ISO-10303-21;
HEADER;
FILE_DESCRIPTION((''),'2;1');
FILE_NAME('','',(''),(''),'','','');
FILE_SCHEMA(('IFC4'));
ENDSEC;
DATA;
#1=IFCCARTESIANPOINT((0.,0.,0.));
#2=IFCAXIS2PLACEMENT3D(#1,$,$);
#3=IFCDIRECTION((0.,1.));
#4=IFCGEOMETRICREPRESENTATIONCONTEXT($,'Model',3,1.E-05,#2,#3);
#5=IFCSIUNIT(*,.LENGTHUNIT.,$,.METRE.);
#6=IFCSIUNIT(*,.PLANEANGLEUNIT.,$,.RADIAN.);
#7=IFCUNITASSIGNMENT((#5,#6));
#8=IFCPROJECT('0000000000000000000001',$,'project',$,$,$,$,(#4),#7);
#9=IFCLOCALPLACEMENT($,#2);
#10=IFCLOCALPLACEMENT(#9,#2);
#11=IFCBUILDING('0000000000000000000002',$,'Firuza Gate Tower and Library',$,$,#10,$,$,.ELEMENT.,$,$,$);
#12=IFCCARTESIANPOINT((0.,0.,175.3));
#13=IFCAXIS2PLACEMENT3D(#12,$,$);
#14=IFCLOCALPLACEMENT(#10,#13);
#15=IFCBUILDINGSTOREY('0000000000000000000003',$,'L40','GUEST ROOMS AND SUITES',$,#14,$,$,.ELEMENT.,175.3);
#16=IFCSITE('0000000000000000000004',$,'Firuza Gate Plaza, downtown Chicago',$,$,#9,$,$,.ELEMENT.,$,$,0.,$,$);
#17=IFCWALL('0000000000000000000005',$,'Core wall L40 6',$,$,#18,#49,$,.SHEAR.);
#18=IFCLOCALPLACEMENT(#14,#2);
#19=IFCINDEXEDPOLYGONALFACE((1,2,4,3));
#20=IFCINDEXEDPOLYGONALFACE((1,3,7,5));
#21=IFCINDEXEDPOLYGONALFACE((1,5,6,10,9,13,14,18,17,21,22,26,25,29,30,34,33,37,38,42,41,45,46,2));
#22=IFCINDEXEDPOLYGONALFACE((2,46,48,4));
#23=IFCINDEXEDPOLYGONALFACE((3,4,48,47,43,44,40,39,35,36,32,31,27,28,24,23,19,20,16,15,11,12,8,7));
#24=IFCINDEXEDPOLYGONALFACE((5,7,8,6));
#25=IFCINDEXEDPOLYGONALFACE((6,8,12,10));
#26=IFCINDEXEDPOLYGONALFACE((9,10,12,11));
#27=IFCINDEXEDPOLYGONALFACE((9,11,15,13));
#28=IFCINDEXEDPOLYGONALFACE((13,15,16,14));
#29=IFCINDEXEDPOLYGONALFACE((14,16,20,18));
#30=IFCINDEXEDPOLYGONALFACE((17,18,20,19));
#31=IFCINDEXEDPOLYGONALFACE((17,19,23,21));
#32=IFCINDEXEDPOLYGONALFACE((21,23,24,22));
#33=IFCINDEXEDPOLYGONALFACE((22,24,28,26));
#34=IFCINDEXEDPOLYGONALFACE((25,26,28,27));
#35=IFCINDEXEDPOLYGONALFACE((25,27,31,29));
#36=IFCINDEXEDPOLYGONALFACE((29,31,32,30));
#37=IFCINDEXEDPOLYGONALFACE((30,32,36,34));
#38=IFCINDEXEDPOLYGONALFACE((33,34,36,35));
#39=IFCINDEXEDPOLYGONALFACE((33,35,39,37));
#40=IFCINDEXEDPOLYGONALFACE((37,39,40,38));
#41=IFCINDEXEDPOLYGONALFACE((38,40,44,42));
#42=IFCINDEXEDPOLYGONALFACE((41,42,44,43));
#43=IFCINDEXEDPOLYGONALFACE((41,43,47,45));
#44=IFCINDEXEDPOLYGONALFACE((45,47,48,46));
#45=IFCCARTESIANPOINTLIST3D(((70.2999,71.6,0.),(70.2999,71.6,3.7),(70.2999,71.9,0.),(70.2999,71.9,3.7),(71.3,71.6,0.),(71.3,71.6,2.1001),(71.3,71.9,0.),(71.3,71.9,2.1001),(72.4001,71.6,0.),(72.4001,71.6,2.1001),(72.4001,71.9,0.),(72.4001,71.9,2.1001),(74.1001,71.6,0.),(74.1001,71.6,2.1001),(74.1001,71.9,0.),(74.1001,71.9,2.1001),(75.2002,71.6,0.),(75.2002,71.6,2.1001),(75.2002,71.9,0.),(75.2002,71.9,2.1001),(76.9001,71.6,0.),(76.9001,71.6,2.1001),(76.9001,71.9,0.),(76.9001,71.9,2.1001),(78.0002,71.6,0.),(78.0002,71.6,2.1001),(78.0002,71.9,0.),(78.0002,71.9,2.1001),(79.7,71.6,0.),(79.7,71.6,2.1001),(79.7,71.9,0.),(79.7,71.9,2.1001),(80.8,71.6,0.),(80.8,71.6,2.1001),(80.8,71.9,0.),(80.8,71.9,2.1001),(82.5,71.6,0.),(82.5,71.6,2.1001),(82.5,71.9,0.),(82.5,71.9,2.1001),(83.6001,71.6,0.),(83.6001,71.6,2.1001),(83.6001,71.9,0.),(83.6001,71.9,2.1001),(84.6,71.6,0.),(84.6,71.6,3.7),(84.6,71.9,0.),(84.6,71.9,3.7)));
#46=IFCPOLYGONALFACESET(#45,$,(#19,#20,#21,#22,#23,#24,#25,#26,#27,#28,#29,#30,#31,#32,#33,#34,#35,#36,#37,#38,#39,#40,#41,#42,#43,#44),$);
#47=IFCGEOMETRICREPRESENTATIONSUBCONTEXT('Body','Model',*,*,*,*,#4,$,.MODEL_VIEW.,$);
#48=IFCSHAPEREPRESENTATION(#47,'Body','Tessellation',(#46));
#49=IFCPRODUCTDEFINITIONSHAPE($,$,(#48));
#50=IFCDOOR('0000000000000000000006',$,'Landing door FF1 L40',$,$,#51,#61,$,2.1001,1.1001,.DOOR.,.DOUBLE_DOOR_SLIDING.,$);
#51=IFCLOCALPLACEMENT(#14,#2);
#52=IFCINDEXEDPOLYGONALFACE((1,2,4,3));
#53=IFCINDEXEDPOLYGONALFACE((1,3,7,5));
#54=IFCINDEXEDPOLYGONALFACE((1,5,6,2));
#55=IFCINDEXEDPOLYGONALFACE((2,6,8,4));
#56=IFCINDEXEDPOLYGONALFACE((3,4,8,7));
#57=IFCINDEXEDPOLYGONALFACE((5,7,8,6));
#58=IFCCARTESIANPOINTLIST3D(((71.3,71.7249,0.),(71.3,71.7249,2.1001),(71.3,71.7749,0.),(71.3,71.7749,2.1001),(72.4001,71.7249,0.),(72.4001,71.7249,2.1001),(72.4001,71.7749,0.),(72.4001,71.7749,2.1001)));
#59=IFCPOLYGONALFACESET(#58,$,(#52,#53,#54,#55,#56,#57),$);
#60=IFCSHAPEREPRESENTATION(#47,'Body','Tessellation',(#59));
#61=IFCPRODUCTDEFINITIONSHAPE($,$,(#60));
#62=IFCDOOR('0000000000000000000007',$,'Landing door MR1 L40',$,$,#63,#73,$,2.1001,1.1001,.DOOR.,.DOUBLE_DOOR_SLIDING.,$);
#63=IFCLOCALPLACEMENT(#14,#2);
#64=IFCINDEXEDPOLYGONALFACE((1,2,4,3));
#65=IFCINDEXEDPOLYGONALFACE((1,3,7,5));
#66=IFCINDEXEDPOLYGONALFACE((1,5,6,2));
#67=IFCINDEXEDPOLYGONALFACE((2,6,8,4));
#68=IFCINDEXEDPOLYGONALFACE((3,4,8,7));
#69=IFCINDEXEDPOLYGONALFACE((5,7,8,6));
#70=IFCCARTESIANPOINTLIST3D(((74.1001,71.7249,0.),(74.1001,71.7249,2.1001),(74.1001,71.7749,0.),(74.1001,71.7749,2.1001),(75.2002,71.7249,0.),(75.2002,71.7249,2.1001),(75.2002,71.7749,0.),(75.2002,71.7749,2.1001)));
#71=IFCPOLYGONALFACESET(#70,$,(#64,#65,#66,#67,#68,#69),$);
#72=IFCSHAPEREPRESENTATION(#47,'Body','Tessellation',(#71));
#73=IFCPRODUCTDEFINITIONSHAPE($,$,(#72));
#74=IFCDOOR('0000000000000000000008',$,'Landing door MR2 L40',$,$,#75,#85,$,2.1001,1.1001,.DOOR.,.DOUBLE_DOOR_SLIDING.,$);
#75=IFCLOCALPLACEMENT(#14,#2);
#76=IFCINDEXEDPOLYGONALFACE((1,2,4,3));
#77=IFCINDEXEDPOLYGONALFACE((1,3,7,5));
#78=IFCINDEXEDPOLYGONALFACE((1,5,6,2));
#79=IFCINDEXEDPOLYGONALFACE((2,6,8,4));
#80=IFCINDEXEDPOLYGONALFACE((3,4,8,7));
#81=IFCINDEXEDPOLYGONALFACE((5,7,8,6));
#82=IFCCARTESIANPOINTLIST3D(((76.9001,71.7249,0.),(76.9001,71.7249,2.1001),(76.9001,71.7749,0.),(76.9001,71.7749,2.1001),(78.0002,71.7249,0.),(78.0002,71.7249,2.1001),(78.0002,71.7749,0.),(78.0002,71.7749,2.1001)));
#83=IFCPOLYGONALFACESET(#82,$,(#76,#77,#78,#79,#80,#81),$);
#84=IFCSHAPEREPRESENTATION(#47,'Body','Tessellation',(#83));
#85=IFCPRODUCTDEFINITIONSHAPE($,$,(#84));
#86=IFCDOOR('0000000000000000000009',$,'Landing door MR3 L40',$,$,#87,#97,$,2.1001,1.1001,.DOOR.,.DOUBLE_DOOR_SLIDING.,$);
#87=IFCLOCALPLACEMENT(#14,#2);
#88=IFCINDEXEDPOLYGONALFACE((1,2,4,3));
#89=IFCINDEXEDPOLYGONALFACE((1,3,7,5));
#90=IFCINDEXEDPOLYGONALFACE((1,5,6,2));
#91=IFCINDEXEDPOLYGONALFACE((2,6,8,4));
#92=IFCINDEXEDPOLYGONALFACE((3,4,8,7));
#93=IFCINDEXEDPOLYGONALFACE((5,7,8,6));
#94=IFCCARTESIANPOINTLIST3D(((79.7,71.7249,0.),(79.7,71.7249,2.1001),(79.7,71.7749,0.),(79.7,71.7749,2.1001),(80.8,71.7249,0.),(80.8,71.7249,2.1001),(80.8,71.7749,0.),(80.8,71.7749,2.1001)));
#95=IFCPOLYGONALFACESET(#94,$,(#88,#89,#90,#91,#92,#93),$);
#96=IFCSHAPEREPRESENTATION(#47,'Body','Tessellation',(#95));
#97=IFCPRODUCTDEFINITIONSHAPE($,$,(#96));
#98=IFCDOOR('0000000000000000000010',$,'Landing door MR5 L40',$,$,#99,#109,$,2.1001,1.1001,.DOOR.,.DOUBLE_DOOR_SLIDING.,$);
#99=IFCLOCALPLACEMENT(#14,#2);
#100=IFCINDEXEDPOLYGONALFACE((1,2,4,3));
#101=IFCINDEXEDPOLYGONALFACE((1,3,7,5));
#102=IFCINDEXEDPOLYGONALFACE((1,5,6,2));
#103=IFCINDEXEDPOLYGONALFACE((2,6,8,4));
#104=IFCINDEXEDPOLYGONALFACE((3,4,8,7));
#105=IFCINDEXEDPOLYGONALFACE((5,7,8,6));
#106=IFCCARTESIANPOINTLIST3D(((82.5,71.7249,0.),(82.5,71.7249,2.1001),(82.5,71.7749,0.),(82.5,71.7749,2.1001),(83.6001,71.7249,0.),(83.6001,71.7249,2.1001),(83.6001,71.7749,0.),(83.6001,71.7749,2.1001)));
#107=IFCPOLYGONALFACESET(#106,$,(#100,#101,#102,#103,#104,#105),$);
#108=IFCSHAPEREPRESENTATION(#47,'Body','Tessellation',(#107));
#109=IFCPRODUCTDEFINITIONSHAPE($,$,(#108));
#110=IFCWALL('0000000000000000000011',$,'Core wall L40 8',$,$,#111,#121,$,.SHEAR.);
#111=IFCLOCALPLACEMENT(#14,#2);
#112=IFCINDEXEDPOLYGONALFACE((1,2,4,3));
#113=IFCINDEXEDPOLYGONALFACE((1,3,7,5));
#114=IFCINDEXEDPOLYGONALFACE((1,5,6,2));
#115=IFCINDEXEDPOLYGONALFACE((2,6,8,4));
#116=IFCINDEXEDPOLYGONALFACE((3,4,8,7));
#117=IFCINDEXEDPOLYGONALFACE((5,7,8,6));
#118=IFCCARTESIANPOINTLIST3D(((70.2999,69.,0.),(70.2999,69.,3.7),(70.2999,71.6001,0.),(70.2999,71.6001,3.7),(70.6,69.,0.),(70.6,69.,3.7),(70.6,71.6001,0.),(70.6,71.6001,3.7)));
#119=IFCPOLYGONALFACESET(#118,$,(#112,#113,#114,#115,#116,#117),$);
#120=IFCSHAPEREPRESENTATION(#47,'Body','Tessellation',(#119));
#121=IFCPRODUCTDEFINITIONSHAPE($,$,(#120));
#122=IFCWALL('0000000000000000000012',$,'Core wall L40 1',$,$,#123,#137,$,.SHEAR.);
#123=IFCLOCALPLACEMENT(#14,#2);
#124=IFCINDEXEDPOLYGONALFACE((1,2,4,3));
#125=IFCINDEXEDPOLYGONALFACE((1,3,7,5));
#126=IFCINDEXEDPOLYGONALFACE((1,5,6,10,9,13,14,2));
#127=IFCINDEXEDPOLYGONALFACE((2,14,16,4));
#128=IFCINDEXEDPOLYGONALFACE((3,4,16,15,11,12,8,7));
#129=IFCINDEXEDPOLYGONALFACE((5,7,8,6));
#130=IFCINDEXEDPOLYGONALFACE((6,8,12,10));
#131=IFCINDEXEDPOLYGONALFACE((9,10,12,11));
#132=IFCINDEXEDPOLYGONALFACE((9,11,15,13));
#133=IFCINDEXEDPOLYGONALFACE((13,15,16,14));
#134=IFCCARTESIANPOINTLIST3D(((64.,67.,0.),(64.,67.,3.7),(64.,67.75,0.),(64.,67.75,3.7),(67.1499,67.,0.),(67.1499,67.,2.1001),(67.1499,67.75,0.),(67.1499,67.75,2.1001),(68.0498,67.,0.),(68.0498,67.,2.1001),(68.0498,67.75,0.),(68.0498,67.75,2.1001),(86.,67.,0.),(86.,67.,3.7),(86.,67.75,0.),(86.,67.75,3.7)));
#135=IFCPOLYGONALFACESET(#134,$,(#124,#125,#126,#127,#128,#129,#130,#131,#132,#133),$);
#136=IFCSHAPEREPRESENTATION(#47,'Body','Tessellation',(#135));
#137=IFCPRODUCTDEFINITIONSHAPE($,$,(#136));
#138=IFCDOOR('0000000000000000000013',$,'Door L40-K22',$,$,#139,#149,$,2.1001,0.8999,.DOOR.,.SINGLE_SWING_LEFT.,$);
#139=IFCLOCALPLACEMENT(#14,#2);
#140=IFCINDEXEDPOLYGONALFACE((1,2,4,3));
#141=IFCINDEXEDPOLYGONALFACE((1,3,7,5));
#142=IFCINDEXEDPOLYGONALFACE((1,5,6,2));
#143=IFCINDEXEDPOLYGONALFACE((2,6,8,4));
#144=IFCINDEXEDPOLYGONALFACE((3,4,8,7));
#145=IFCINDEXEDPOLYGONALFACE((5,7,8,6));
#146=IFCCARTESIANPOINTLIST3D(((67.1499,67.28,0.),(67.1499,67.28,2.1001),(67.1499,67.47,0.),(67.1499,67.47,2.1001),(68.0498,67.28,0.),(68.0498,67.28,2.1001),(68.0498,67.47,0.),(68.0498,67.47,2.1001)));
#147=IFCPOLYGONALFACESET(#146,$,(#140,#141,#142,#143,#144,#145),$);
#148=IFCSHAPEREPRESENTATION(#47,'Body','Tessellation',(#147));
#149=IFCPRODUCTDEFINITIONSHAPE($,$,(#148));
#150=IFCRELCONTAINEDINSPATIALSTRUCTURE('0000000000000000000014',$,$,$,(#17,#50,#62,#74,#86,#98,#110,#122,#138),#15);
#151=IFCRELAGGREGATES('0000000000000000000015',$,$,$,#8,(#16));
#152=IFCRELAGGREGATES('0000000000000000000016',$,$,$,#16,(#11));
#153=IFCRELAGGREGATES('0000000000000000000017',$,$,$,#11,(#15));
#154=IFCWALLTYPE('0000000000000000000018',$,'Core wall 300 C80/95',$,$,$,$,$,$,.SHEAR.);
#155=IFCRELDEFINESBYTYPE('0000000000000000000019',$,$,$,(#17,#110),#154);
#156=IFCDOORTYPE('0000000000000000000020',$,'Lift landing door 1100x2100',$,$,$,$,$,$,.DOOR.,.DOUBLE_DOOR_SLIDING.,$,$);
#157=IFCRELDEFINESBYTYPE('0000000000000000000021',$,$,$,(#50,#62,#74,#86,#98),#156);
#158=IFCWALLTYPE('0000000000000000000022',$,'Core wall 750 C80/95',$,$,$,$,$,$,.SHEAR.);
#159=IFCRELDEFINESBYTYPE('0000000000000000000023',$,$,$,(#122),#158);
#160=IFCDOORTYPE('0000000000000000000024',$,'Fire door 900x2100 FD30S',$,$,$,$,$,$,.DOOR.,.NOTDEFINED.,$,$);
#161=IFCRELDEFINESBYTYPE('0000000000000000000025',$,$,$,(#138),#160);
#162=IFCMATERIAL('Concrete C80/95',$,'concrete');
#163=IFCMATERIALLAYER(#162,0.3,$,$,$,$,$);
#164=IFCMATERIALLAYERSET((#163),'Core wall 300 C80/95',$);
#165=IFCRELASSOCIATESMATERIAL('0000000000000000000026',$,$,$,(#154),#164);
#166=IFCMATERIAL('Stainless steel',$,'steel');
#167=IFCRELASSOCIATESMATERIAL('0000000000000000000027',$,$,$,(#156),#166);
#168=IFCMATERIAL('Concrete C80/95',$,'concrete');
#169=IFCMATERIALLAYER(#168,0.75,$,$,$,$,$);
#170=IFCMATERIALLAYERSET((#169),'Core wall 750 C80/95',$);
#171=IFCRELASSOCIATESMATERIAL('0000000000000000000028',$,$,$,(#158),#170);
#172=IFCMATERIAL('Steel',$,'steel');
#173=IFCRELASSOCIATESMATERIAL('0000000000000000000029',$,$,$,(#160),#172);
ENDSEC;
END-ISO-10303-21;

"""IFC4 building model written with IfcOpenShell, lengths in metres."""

from ifc_helpers import new_model, si_unit, direction, frame, frame_2d, origin, place, context, subcontext, project, spatial, rectangle, extrude, material, layer, layer_set, type_object, element, fill, save


model = new_model("IFC4")

# Units and contexts
model_context = context("Model", 3, precision=1e-05, world=origin(), true_north=direction((0.0, 1.0)))
body_context = subcontext(model_context, "Body", "Model", "MODEL_VIEW")
ifc_project = project(units=[si_unit("LENGTHUNIT", "METRE"), si_unit("PLANEANGLEUNIT", "RADIAN")], contexts=[model_context])

# Site, building, storey
site_placement = place(None, origin())
site = spatial("IfcSite", under=ifc_project, at=site_placement, Name="Firuza Gate Plaza, downtown Chicago", CompositionType="ELEMENT", RefElevation=0.0)
building_placement = place(site_placement, origin())
building = spatial("IfcBuilding", under=site, at=building_placement, Name="Firuza Gate Tower and Library", CompositionType="ELEMENT")
storey_placement = place(building_placement, frame((0.0, 0.0, 175.3)))
storey = spatial("IfcBuildingStorey", under=building, at=storey_placement, Name="L40", Description="GUEST ROOMS AND SUITES", CompositionType="ELEMENT", Elevation=175.3)

# Shared definitions
ifc_material_1 = material(Name="Concrete C80/95", Category="concrete")
ifc_layer_1 = layer(ifc_material_1, 0.3)
ifc_layer_set_1 = layer_set([ifc_layer_1], Name="Core wall 300 C80/95")
wall_type_1 = type_object("IfcWallType", Name="Core wall 300 C80/95", PredefinedType="SHEAR", material=ifc_layer_set_1)

# Wall, openings, doors
wall_1_placement = place(storey_placement, frame((70.3, 71.75, 0.0), z_axis=(0.0, 0.0, 1.0), x_axis=(1.0, 0.0, 0.0)))
wall_1 = element("IfcWall", 1, at=wall_1_placement, inside=storey, type_object=wall_type_1, Name="Core wall L40 6", PredefinedType="SHEAR", context=body_context, shape_type="SweptSolid", body=[
    extrude(rectangle(XDim=14.3, YDim=0.3, at=frame_2d((7.1499, 0.0))), origin(), (0.0, 0.0, 1.0), 3.7),
])
opening_1_placement = place(wall_1_placement, frame((1.0, 0.0, 0.0)))
opening_1 = element("IfcOpeningElement", 2, at=opening_1_placement, cuts=wall_1, PredefinedType="OPENING", context=body_context, shape_type="SweptSolid", body=[
    extrude(rectangle(XDim=1.1001, YDim=2.1001, at=frame_2d((0.55, 1.05))), frame((0.0, 0.1602, 0.0), z_axis=(0.0, -1.0, 0.0), x_axis=(1.0, 0.0, 0.0)), (0.0, 0.0, 1.0), 0.3201),
])
opening_2_placement = place(wall_1_placement, frame((3.8, 0.0, 0.0)))
opening_2 = element("IfcOpeningElement", 3, at=opening_2_placement, cuts=wall_1, PredefinedType="OPENING", context=body_context, shape_type="SweptSolid", body=[
    extrude(rectangle(XDim=1.1001, YDim=2.1001, at=frame_2d((0.55, 1.05))), frame((0.0, 0.1602, 0.0), z_axis=(0.0, -1.0, 0.0), x_axis=(1.0, 0.0, 0.0)), (0.0, 0.0, 1.0), 0.3201),
])
opening_3_placement = place(wall_1_placement, frame((6.6001, 0.0, 0.0)))
opening_3 = element("IfcOpeningElement", 4, at=opening_3_placement, cuts=wall_1, PredefinedType="OPENING", context=body_context, shape_type="SweptSolid", body=[
    extrude(rectangle(XDim=1.1001, YDim=2.1001, at=frame_2d((0.55, 1.05))), frame((0.0, 0.1602, 0.0), z_axis=(0.0, -1.0, 0.0), x_axis=(1.0, 0.0, 0.0)), (0.0, 0.0, 1.0), 0.3201),
])
opening_4_placement = place(wall_1_placement, frame((9.3999, 0.0, 0.0)))
opening_4 = element("IfcOpeningElement", 5, at=opening_4_placement, cuts=wall_1, PredefinedType="OPENING", context=body_context, shape_type="SweptSolid", body=[
    extrude(rectangle(XDim=1.1001, YDim=2.1001, at=frame_2d((0.55, 1.05))), frame((0.0, 0.1602, 0.0), z_axis=(0.0, -1.0, 0.0), x_axis=(1.0, 0.0, 0.0)), (0.0, 0.0, 1.0), 0.3201),
])
opening_5_placement = place(wall_1_placement, frame((12.2, 0.0, 0.0)))
opening_5 = element("IfcOpeningElement", 6, at=opening_5_placement, cuts=wall_1, PredefinedType="OPENING", context=body_context, shape_type="SweptSolid", body=[
    extrude(rectangle(XDim=1.1001, YDim=2.1001, at=frame_2d((0.55, 1.05))), frame((0.0, 0.1602, 0.0), z_axis=(0.0, -1.0, 0.0), x_axis=(1.0, 0.0, 0.0)), (0.0, 0.0, 1.0), 0.3201),
])
ifc_material_2 = material(Name="Stainless steel", Category="steel")
door_type_1 = type_object("IfcDoorType", Name="Lift landing door 1100x2100", OperationType="DOUBLE_DOOR_SLIDING", PredefinedType="DOOR", material=ifc_material_2)
door_1_placement = place(opening_1_placement, origin())
door_1 = element("IfcDoor", 7, at=door_1_placement, inside=storey, type_object=door_type_1, Name="Landing door FF1 L40", OperationType="DOUBLE_DOOR_SLIDING", OverallHeight=2.1001, OverallWidth=1.1001, PredefinedType="DOOR", context=body_context, shape_type="SweptSolid", body=[
    extrude(rectangle(XDim=1.1001, YDim=2.1001, at=frame_2d((0.55, 1.05))), frame((0.0, 0.0249, 0.0), z_axis=(0.0, -1.0, 0.0), x_axis=(1.0, 0.0, 0.0)), (0.0, 0.0, 1.0), 0.05),
])
fill(opening_1, door_1)
door_2_placement = place(opening_2_placement, origin())
door_2 = element("IfcDoor", 8, at=door_2_placement, inside=storey, type_object=door_type_1, Name="Landing door MR1 L40", OperationType="DOUBLE_DOOR_SLIDING", OverallHeight=2.1001, OverallWidth=1.1001, PredefinedType="DOOR", context=body_context, shape_type="SweptSolid", body=[
    extrude(rectangle(XDim=1.1001, YDim=2.1001, at=frame_2d((0.55, 1.05))), frame((0.0, 0.0249, 0.0), z_axis=(0.0, -1.0, 0.0), x_axis=(1.0, 0.0, 0.0)), (0.0, 0.0, 1.0), 0.05),
])
fill(opening_2, door_2)
door_3_placement = place(opening_3_placement, origin())
door_3 = element("IfcDoor", 9, at=door_3_placement, inside=storey, type_object=door_type_1, Name="Landing door MR2 L40", OperationType="DOUBLE_DOOR_SLIDING", OverallHeight=2.1001, OverallWidth=1.1001, PredefinedType="DOOR", context=body_context, shape_type="SweptSolid", body=[
    extrude(rectangle(XDim=1.1001, YDim=2.1001, at=frame_2d((0.55, 1.05))), frame((0.0, 0.0249, 0.0), z_axis=(0.0, -1.0, 0.0), x_axis=(1.0, 0.0, 0.0)), (0.0, 0.0, 1.0), 0.05),
])
fill(opening_3, door_3)
door_4_placement = place(opening_4_placement, origin())
door_4 = element("IfcDoor", 10, at=door_4_placement, inside=storey, type_object=door_type_1, Name="Landing door MR3 L40", OperationType="DOUBLE_DOOR_SLIDING", OverallHeight=2.1001, OverallWidth=1.1001, PredefinedType="DOOR", context=body_context, shape_type="SweptSolid", body=[
    extrude(rectangle(XDim=1.1001, YDim=2.1001, at=frame_2d((0.55, 1.05))), frame((0.0, 0.0249, 0.0), z_axis=(0.0, -1.0, 0.0), x_axis=(1.0, 0.0, 0.0)), (0.0, 0.0, 1.0), 0.05),
])
fill(opening_4, door_4)
door_5_placement = place(opening_5_placement, origin())
door_5 = element("IfcDoor", 11, at=door_5_placement, inside=storey, type_object=door_type_1, Name="Landing door MR5 L40", OperationType="DOUBLE_DOOR_SLIDING", OverallHeight=2.1001, OverallWidth=1.1001, PredefinedType="DOOR", context=body_context, shape_type="SweptSolid", body=[
    extrude(rectangle(XDim=1.1001, YDim=2.1001, at=frame_2d((0.55, 1.05))), frame((0.0, 0.0249, 0.0), z_axis=(0.0, -1.0, 0.0), x_axis=(1.0, 0.0, 0.0)), (0.0, 0.0, 1.0), 0.05),
])
fill(opening_5, door_5)

# Wall
wall_2_placement = place(storey_placement, frame((70.45, 69.0, 0.0), z_axis=(0.0, 0.0, 1.0), x_axis=(0.0, 1.0, 0.0)))
element("IfcWall", 12, at=wall_2_placement, inside=storey, type_object=wall_type_1, Name="Core wall L40 8", PredefinedType="SHEAR", context=body_context, shape_type="SweptSolid", body=[
    extrude(rectangle(XDim=2.6001, YDim=0.3, at=frame_2d((1.3, 0.0))), origin(), (0.0, 0.0, 1.0), 3.7),
])

# Wall, opening, door
ifc_material_3 = material(Name="Concrete C80/95", Category="concrete")
ifc_layer_2 = layer(ifc_material_3, 0.75)
ifc_layer_set_2 = layer_set([ifc_layer_2], Name="Core wall 750 C80/95")
wall_type_2 = type_object("IfcWallType", Name="Core wall 750 C80/95", PredefinedType="SHEAR", material=ifc_layer_set_2)
wall_3_placement = place(storey_placement, frame((64.0, 67.375, 0.0), z_axis=(0.0, 0.0, 1.0), x_axis=(1.0, 0.0, 0.0)))
wall_3 = element("IfcWall", 13, at=wall_3_placement, inside=storey, type_object=wall_type_2, Name="Core wall L40 1", PredefinedType="SHEAR", context=body_context, shape_type="SweptSolid", body=[
    extrude(rectangle(XDim=22.0, YDim=0.75, at=frame_2d((11.0, 0.0))), origin(), (0.0, 0.0, 1.0), 3.7),
])
opening_6_placement = place(wall_3_placement, frame((3.1499, 0.0, 0.0)))
opening_6 = element("IfcOpeningElement", 14, at=opening_6_placement, cuts=wall_3, PredefinedType="OPENING", context=body_context, shape_type="SweptSolid", body=[
    extrude(rectangle(XDim=0.8999, YDim=2.1001, at=frame_2d((0.45, 1.05))), frame((0.0, 0.385, 0.0), z_axis=(0.0, -1.0, 0.0), x_axis=(1.0, 0.0, 0.0)), (0.0, 0.0, 1.0), 0.77),
])
ifc_material_4 = material(Name="Steel", Category="steel")
door_type_2 = type_object("IfcDoorType", Name="Fire door 900x2100 FD30S", OperationType="NOTDEFINED", PredefinedType="DOOR", material=ifc_material_4)
door_6_placement = place(opening_6_placement, origin())
door_6 = element("IfcDoor", 15, at=door_6_placement, inside=storey, type_object=door_type_2, Name="Door L40-K22", OperationType="SINGLE_SWING_LEFT", OverallHeight=2.1001, OverallWidth=0.8999, PredefinedType="DOOR", context=body_context, shape_type="SweptSolid", body=[
    extrude(rectangle(XDim=0.8999, YDim=2.1001, at=frame_2d((0.45, 1.05))), frame((0.0, 0.095, 0.0), z_axis=(0.0, -1.0, 0.0), x_axis=(1.0, 0.0, 0.0)), (0.0, 0.0, 1.0), 0.1899),
])
fill(opening_6, door_6)

save(model, "model.ifc")
